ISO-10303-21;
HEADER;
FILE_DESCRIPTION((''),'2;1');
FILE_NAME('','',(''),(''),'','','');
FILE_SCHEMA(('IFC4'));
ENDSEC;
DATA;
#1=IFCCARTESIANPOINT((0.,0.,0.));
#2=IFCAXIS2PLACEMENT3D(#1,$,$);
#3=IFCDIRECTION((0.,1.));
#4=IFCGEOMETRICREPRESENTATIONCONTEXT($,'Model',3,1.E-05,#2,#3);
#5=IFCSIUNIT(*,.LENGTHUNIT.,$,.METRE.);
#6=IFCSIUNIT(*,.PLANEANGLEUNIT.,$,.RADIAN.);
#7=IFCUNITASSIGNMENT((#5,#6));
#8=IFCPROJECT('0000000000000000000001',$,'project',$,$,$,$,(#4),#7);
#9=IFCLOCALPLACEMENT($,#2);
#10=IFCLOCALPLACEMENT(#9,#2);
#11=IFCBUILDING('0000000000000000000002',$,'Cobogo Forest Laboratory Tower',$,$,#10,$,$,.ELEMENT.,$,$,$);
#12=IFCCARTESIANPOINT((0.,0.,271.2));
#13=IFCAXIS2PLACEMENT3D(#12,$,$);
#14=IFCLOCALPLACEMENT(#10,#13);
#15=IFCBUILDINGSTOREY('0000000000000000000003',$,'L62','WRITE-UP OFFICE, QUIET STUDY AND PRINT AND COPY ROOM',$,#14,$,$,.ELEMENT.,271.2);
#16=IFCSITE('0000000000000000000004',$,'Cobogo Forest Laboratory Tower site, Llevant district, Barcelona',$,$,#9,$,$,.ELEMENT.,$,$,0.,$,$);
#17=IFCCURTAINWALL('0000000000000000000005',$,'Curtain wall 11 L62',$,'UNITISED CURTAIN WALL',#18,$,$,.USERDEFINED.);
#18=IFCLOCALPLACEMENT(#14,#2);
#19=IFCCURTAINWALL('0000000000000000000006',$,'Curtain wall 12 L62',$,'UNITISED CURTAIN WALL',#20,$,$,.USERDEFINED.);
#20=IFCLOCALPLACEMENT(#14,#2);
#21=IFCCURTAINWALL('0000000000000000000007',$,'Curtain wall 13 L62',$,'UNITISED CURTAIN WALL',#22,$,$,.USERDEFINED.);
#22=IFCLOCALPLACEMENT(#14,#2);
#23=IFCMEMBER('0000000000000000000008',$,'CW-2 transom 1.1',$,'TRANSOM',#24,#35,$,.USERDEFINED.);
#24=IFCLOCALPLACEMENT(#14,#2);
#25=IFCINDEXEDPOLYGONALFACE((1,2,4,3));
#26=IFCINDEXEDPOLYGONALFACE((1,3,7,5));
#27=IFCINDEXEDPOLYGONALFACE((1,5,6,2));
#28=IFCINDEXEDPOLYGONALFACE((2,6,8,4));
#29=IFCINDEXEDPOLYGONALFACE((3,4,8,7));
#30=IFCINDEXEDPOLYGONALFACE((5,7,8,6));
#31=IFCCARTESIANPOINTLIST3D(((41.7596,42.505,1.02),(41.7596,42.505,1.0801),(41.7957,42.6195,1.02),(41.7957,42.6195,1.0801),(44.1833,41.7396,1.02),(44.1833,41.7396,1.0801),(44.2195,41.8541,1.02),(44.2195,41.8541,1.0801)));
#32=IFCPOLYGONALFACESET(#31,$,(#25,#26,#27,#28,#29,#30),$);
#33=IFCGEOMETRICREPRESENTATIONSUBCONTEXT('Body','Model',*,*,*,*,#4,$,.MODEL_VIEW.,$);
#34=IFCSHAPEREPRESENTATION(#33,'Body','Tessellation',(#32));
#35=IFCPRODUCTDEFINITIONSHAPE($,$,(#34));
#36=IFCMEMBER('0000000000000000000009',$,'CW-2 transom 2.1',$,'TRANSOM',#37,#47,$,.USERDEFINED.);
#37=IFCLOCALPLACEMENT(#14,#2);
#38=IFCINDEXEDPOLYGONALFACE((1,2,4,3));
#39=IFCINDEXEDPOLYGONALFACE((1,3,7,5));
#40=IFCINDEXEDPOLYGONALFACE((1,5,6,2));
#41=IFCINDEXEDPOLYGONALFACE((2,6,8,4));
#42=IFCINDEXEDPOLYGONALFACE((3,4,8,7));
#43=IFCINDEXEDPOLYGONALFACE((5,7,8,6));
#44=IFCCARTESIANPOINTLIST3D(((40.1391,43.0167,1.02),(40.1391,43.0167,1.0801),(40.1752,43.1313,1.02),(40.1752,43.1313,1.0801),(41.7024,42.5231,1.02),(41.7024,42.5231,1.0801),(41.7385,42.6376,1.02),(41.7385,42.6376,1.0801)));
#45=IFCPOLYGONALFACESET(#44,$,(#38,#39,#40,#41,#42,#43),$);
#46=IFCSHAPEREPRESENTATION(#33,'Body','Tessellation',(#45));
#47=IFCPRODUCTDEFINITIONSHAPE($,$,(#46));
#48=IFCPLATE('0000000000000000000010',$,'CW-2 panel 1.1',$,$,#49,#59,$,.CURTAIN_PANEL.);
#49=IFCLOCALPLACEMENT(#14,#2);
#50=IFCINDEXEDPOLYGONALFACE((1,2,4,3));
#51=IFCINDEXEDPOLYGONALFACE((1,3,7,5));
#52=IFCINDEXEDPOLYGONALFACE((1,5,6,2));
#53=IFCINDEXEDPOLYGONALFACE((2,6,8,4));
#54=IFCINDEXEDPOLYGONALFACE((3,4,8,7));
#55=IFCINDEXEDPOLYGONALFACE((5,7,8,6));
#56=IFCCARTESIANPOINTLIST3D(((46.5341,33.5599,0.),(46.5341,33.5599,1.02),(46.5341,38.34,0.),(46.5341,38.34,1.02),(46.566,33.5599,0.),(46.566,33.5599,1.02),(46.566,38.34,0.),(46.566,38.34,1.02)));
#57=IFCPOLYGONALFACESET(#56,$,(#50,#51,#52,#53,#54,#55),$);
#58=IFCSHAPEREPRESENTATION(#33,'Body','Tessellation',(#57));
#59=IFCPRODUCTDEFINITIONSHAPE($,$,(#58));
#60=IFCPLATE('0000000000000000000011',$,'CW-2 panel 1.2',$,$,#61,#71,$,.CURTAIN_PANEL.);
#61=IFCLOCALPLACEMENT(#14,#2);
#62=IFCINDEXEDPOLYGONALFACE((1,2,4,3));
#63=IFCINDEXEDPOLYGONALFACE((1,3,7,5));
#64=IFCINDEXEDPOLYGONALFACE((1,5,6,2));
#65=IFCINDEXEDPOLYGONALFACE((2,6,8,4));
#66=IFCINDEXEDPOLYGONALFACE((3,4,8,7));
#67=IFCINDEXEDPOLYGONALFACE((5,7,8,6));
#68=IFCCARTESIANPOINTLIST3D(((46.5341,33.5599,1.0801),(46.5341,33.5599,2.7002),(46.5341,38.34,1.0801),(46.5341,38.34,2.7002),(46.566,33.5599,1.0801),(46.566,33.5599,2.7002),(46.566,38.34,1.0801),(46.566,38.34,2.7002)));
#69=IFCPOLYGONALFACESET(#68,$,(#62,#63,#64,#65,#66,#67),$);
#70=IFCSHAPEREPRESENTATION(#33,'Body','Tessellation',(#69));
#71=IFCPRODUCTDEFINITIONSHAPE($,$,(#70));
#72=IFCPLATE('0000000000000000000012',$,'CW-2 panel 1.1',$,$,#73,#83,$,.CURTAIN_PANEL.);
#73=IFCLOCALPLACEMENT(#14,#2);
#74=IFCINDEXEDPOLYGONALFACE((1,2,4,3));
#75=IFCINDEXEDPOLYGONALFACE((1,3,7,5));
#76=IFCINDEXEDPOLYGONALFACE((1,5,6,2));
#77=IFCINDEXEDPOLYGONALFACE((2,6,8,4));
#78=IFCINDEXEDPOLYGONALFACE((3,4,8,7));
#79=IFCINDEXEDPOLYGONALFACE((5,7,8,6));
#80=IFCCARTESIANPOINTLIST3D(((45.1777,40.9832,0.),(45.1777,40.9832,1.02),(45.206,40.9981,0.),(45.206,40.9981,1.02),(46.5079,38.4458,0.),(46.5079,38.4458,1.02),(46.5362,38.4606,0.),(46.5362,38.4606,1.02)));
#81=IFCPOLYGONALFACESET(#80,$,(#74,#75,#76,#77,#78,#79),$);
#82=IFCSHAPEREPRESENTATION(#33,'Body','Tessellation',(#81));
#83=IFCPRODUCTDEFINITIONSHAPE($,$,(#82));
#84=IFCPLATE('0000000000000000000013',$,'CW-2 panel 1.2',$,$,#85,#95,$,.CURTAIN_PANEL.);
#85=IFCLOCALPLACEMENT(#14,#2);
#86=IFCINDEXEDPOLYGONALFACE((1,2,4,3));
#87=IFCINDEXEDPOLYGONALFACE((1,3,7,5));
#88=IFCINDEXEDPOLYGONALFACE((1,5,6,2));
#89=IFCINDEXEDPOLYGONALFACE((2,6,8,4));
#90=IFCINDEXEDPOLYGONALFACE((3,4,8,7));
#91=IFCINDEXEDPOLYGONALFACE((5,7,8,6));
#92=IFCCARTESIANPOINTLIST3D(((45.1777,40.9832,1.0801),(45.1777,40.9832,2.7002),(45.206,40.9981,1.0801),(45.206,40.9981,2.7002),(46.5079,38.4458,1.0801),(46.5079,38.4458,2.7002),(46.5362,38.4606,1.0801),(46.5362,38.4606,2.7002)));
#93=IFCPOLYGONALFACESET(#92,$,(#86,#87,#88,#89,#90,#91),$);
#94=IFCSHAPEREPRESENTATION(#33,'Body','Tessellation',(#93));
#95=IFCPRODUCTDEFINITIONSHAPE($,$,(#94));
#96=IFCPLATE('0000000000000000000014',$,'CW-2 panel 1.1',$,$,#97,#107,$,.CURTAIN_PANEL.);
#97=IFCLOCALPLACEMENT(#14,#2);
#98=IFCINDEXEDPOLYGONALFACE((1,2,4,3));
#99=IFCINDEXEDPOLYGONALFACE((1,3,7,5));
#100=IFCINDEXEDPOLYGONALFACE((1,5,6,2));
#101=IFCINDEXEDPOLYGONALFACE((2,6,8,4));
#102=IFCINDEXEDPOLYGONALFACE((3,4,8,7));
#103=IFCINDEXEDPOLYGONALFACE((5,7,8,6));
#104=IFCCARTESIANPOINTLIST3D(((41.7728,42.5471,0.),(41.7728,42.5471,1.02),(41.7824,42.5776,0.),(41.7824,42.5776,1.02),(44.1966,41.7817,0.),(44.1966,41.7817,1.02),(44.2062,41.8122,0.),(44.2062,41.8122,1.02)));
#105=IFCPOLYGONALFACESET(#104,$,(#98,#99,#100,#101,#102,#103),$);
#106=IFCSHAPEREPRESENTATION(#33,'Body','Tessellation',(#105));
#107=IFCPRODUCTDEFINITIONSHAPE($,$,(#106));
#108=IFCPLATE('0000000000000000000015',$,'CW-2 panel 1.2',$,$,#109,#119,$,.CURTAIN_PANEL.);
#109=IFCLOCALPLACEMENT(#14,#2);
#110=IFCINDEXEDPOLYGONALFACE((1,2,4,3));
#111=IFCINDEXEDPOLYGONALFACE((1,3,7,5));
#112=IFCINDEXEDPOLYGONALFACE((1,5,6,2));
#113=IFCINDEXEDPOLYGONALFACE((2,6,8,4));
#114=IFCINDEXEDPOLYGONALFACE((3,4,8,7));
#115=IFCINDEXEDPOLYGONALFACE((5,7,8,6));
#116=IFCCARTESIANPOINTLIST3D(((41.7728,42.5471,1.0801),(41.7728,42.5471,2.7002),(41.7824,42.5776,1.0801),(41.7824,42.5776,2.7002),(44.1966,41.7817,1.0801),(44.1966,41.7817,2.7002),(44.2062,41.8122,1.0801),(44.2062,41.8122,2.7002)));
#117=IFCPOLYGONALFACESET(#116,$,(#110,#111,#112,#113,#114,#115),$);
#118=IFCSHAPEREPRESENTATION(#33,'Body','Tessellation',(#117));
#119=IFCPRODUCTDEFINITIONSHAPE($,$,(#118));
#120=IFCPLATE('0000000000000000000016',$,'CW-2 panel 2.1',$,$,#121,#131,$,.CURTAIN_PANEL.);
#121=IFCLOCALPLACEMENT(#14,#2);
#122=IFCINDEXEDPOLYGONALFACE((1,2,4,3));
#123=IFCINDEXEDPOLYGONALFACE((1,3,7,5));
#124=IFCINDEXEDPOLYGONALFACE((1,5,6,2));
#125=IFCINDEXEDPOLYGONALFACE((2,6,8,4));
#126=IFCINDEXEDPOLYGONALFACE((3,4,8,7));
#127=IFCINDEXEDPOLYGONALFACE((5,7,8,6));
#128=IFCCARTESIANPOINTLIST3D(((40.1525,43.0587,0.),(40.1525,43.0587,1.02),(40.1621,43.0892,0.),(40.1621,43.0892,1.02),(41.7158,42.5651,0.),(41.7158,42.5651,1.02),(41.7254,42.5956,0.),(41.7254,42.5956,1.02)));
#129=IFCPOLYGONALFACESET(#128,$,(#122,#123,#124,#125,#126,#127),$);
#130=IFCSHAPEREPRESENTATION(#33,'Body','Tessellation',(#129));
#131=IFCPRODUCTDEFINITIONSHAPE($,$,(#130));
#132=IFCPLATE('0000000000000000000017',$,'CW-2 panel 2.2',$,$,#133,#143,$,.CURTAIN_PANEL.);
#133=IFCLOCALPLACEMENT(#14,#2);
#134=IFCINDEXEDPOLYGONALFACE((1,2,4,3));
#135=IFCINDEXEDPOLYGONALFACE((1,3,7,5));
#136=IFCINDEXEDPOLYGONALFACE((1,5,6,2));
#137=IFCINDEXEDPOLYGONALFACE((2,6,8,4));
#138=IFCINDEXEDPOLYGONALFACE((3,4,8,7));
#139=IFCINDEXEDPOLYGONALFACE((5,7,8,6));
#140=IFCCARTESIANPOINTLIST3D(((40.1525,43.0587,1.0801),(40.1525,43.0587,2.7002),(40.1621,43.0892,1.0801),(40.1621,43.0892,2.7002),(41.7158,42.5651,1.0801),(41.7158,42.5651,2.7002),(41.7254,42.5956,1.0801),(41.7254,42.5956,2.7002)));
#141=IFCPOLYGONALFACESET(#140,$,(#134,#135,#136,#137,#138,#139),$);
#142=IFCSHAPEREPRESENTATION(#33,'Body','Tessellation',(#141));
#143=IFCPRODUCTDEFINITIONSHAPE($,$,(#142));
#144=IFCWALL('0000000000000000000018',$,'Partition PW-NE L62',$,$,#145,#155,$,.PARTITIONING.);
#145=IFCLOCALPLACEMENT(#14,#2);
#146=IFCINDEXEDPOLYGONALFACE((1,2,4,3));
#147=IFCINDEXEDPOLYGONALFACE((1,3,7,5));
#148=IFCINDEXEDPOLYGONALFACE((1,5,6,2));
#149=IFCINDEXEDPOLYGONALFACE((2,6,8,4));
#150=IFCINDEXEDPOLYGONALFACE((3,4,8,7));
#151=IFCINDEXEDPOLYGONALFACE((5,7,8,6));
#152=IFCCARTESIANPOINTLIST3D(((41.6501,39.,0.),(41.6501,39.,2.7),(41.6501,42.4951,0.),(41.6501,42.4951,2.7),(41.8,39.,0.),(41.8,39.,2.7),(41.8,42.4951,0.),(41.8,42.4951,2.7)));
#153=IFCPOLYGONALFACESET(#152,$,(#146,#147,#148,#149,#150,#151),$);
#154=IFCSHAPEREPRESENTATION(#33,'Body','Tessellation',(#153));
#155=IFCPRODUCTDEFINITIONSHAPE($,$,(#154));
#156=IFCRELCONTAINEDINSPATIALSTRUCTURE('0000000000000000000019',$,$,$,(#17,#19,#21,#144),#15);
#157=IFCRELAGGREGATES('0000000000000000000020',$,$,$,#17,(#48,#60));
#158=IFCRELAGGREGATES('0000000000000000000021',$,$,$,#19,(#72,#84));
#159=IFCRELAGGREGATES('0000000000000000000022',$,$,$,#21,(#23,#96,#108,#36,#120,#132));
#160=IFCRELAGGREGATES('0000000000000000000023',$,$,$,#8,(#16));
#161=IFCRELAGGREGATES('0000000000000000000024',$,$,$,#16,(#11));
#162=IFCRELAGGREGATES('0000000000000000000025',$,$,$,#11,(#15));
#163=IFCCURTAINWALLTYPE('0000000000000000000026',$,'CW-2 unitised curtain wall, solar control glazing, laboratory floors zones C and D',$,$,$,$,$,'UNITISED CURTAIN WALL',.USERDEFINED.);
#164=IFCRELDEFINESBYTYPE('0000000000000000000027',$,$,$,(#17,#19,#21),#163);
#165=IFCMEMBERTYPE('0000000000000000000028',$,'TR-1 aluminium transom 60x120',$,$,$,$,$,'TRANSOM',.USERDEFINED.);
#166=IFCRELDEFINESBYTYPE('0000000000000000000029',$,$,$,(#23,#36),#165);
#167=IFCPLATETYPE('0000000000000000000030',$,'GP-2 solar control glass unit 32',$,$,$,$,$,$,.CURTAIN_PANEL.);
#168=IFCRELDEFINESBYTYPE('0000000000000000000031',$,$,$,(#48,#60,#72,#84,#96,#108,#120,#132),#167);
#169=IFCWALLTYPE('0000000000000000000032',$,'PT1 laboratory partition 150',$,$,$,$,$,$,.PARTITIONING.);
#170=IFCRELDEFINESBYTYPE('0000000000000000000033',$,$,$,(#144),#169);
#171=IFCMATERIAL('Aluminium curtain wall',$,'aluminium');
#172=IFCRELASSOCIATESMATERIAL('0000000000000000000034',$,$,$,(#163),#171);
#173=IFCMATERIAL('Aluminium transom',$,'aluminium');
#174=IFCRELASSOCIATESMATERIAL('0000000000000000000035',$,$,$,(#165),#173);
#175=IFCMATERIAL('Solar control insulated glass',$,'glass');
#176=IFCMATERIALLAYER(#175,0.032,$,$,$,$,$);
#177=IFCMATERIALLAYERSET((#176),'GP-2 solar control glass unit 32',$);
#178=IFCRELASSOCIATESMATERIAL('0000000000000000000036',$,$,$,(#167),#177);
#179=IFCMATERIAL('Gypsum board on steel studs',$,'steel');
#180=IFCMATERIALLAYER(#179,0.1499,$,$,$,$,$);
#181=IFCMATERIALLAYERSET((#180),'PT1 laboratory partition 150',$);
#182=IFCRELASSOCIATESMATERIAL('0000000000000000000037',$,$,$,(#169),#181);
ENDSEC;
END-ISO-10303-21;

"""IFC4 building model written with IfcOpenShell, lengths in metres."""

from ifc_helpers import new_model, si_unit, direction, frame, frame_2d, origin, origin_2d, place, context, subcontext, project, spatial, rectangle, extrude, material, layer, layer_set, material_profile, profile_set, type_object, element, aggregate, save


model = new_model("IFC4")

# Units and contexts
model_context = context("Model", 3, precision=1e-05, world=origin(), true_north=direction((0.0, 1.0)))
body_context = subcontext(model_context, "Body", "Model", "MODEL_VIEW")
ifc_project = project(units=[si_unit("LENGTHUNIT", "METRE"), si_unit("PLANEANGLEUNIT", "RADIAN")], contexts=[model_context])

# Site, building, storey
site_placement = place(None, origin())
site = spatial("IfcSite", under=ifc_project, at=site_placement, Name="Cobogo Forest Laboratory Tower site, Llevant district, Barcelona", CompositionType="ELEMENT", RefElevation=0.0)
building_placement = place(site_placement, origin())
building = spatial("IfcBuilding", under=site, at=building_placement, Name="Cobogo Forest Laboratory Tower", CompositionType="ELEMENT")
storey_placement = place(building_placement, frame((0.0, 0.0, 271.2)))
storey = spatial("IfcBuildingStorey", under=building, at=storey_placement, Name="L62", Description="WRITE-UP OFFICE, QUIET STUDY AND PRINT AND COPY ROOM", CompositionType="ELEMENT", Elevation=271.2)

# Curtain wall
ifc_material_1 = material(Name="Aluminium curtain wall", Category="aluminium")
curtain_wall_type = type_object("IfcCurtainWallType", Name="CW-2 unitised curtain wall, solar control glazing, laboratory floors zones C and D", ElementType="UNITISED CURTAIN WALL", PredefinedType="USERDEFINED", material=ifc_material_1)
curtain_wall_1_placement = place(storey_placement, origin())
curtain_wall_1 = element("IfcCurtainWall", 1, at=curtain_wall_1_placement, inside=storey, type_object=curtain_wall_type, Name="Curtain wall 11 L62", ObjectType="UNITISED CURTAIN WALL", PredefinedType="USERDEFINED")

# Curtain walls
curtain_wall_2_placement = place(storey_placement, origin())
curtain_wall_2 = element("IfcCurtainWall", 2, at=curtain_wall_2_placement, inside=storey, type_object=curtain_wall_type, Name="Curtain wall 12 L62", ObjectType="UNITISED CURTAIN WALL", PredefinedType="USERDEFINED")
curtain_wall_3_placement = place(storey_placement, origin())
curtain_wall_3 = element("IfcCurtainWall", 3, at=curtain_wall_3_placement, inside=storey, type_object=curtain_wall_type, Name="Curtain wall 13 L62", ObjectType="UNITISED CURTAIN WALL", PredefinedType="USERDEFINED")

# Members
ifc_material_2 = material(Name="Aluminium transom", Category="aluminium")
ifc_material_profile_1 = material_profile(ifc_material_2, rectangle(XDim=0.1201, YDim=0.0601, at=origin_2d()), Name="AL 60x120")
ifc_profile_set_1 = profile_set([ifc_material_profile_1], Name="Aluminium transom")
member_type_1 = type_object("IfcMemberType", Name="TR-1 aluminium transom 60x120", ElementType="TRANSOM", PredefinedType="USERDEFINED", material=ifc_profile_set_1)
member_1_placement = place(storey_placement, frame((44.2014, 41.7969, 1.05), z_axis=(-0.953587, 0.301118, 0.0), x_axis=(-0.301118, -0.953587, 0.0)))
member_1 = element("IfcMember", 4, at=member_1_placement, type_object=member_type_1, Name="CW-2 transom 1.1", ObjectType="TRANSOM", PredefinedType="USERDEFINED", context=body_context, shape_type="SweptSolid", body=[
    extrude(rectangle(XDim=0.1201, YDim=0.0601, at=origin_2d()), origin(), (0.0, 0.0, 1.0), 2.5417),
])
member_2_placement = place(storey_placement, frame((41.7205, 42.5803, 1.05), z_axis=(-0.953583, 0.301131, 0.0), x_axis=(-0.301131, -0.953583, 0.0)))
member_2 = element("IfcMember", 5, at=member_2_placement, type_object=member_type_1, Name="CW-2 transom 2.1", ObjectType="TRANSOM", PredefinedType="USERDEFINED", context=body_context, shape_type="SweptSolid", body=[
    extrude(rectangle(XDim=0.1201, YDim=0.0601, at=origin_2d()), origin(), (0.0, 0.0, 1.0), 1.6394),
])

# Plates
ifc_material_3 = material(Name="Solar control insulated glass", Category="glass")
ifc_layer_1 = layer(ifc_material_3, 0.032)
ifc_layer_set_1 = layer_set([ifc_layer_1], Name="GP-2 solar control glass unit 32")
plate_type = type_object("IfcPlateType", Name="GP-2 solar control glass unit 32", PredefinedType="CURTAIN_PANEL", material=ifc_layer_set_1)
plate_1_placement = place(storey_placement, frame((46.55, 35.95, 0.0), z_axis=(0.0, 0.0, 1.0), x_axis=(0.0, 1.0, 0.0)))
plate_1 = element("IfcPlate", 6, at=plate_1_placement, type_object=plate_type, Name="CW-2 panel 1.1", PredefinedType="CURTAIN_PANEL", context=body_context, shape_type="SweptSolid", body=[
    extrude(rectangle(XDim=4.78, YDim=0.032, at=origin_2d()), origin(), (0.0, 0.0, 1.0), 1.02),
])
plate_2_placement = place(storey_placement, frame((46.55, 35.95, 1.0801), z_axis=(0.0, 0.0, 1.0), x_axis=(0.0, 1.0, 0.0)))
plate_2 = element("IfcPlate", 7, at=plate_2_placement, type_object=plate_type, Name="CW-2 panel 1.2", PredefinedType="CURTAIN_PANEL", context=body_context, shape_type="SweptSolid", body=[
    extrude(rectangle(XDim=4.78, YDim=0.032, at=origin_2d()), origin(), (0.0, 0.0, 1.0), 1.6201),
])
aggregate(curtain_wall_1, [plate_1, plate_2])
plate_3_placement = place(storey_placement, frame((45.8569, 39.7219, 0.0), z_axis=(0.0, 0.0, 1.0), x_axis=(-0.464284, 0.885686, 0.0)))
plate_3 = element("IfcPlate", 8, at=plate_3_placement, type_object=plate_type, Name="CW-2 panel 1.1", PredefinedType="CURTAIN_PANEL", context=body_context, shape_type="SweptSolid", body=[
    extrude(rectangle(XDim=2.865, YDim=0.032, at=origin_2d()), origin(), (0.0, 0.0, 1.0), 1.02),
])
plate_4_placement = place(storey_placement, frame((45.8569, 39.7219, 1.0801), z_axis=(0.0, 0.0, 1.0), x_axis=(-0.464284, 0.885686, 0.0)))
plate_4 = element("IfcPlate", 9, at=plate_4_placement, type_object=plate_type, Name="CW-2 panel 1.2", PredefinedType="CURTAIN_PANEL", context=body_context, shape_type="SweptSolid", body=[
    extrude(rectangle(XDim=2.865, YDim=0.032, at=origin_2d()), origin(), (0.0, 0.0, 1.0), 1.6201),
])
aggregate(curtain_wall_2, [plate_3, plate_4])
plate_5_placement = place(storey_placement, frame((42.9895, 42.1797, 0.0), z_axis=(0.0, 0.0, 1.0), x_axis=(-0.953581, 0.301135, 0.0)))
plate_5 = element("IfcPlate", 10, at=plate_5_placement, type_object=plate_type, Name="CW-2 panel 1.1", PredefinedType="CURTAIN_PANEL", context=body_context, shape_type="SweptSolid", body=[
    extrude(rectangle(XDim=2.5417, YDim=0.032, at=origin_2d()), origin(), (0.0, 0.0, 1.0), 1.02),
])
plate_6_placement = place(storey_placement, frame((42.9895, 42.1797, 1.0801), z_axis=(0.0, 0.0, 1.0), x_axis=(-0.953581, 0.301135, 0.0)))
plate_6 = element("IfcPlate", 11, at=plate_6_placement, type_object=plate_type, Name="CW-2 panel 1.2", PredefinedType="CURTAIN_PANEL", context=body_context, shape_type="SweptSolid", body=[
    extrude(rectangle(XDim=2.5417, YDim=0.032, at=origin_2d()), origin(), (0.0, 0.0, 1.0), 1.6201),
])
plate_7_placement = place(storey_placement, frame((40.939, 42.8271, 0.0), z_axis=(0.0, 0.0, 1.0), x_axis=(-0.953581, 0.301135, 0.0)))
plate_7 = element("IfcPlate", 12, at=plate_7_placement, type_object=plate_type, Name="CW-2 panel 2.1", PredefinedType="CURTAIN_PANEL", context=body_context, shape_type="SweptSolid", body=[
    extrude(rectangle(XDim=1.6394, YDim=0.032, at=origin_2d()), origin(), (0.0, 0.0, 1.0), 1.02),
])
plate_8_placement = place(storey_placement, frame((40.939, 42.8271, 1.0801), z_axis=(0.0, 0.0, 1.0), x_axis=(-0.953581, 0.301135, 0.0)))
plate_8 = element("IfcPlate", 13, at=plate_8_placement, type_object=plate_type, Name="CW-2 panel 2.2", PredefinedType="CURTAIN_PANEL", context=body_context, shape_type="SweptSolid", body=[
    extrude(rectangle(XDim=1.6394, YDim=0.032, at=origin_2d()), origin(), (0.0, 0.0, 1.0), 1.6201),
])
aggregate(curtain_wall_3, [member_1, plate_5, plate_6, member_2, plate_7, plate_8])

# Wall
ifc_material_4 = material(Name="Gypsum board on steel studs", Category="steel")
ifc_layer_2 = layer(ifc_material_4, 0.1499)
ifc_layer_set_2 = layer_set([ifc_layer_2], Name="PT1 laboratory partition 150")
wall_type = type_object("IfcWallType", Name="PT1 laboratory partition 150", PredefinedType="PARTITIONING", material=ifc_layer_set_2)
wall_placement = place(storey_placement, frame((41.7251, 42.4951, 0.0), z_axis=(0.0, 0.0, 1.0), x_axis=(0.0, -1.0, 0.0)))
element("IfcWall", 14, at=wall_placement, inside=storey, type_object=wall_type, Name="Partition PW-NE L62", PredefinedType="PARTITIONING", context=body_context, shape_type="SweptSolid", body=[
    extrude(rectangle(XDim=3.4951, YDim=0.1499, at=frame_2d((1.7476, 0.0))), origin(), (0.0, 0.0, 1.0), 2.7),
])

save(model, "model.ifc")
